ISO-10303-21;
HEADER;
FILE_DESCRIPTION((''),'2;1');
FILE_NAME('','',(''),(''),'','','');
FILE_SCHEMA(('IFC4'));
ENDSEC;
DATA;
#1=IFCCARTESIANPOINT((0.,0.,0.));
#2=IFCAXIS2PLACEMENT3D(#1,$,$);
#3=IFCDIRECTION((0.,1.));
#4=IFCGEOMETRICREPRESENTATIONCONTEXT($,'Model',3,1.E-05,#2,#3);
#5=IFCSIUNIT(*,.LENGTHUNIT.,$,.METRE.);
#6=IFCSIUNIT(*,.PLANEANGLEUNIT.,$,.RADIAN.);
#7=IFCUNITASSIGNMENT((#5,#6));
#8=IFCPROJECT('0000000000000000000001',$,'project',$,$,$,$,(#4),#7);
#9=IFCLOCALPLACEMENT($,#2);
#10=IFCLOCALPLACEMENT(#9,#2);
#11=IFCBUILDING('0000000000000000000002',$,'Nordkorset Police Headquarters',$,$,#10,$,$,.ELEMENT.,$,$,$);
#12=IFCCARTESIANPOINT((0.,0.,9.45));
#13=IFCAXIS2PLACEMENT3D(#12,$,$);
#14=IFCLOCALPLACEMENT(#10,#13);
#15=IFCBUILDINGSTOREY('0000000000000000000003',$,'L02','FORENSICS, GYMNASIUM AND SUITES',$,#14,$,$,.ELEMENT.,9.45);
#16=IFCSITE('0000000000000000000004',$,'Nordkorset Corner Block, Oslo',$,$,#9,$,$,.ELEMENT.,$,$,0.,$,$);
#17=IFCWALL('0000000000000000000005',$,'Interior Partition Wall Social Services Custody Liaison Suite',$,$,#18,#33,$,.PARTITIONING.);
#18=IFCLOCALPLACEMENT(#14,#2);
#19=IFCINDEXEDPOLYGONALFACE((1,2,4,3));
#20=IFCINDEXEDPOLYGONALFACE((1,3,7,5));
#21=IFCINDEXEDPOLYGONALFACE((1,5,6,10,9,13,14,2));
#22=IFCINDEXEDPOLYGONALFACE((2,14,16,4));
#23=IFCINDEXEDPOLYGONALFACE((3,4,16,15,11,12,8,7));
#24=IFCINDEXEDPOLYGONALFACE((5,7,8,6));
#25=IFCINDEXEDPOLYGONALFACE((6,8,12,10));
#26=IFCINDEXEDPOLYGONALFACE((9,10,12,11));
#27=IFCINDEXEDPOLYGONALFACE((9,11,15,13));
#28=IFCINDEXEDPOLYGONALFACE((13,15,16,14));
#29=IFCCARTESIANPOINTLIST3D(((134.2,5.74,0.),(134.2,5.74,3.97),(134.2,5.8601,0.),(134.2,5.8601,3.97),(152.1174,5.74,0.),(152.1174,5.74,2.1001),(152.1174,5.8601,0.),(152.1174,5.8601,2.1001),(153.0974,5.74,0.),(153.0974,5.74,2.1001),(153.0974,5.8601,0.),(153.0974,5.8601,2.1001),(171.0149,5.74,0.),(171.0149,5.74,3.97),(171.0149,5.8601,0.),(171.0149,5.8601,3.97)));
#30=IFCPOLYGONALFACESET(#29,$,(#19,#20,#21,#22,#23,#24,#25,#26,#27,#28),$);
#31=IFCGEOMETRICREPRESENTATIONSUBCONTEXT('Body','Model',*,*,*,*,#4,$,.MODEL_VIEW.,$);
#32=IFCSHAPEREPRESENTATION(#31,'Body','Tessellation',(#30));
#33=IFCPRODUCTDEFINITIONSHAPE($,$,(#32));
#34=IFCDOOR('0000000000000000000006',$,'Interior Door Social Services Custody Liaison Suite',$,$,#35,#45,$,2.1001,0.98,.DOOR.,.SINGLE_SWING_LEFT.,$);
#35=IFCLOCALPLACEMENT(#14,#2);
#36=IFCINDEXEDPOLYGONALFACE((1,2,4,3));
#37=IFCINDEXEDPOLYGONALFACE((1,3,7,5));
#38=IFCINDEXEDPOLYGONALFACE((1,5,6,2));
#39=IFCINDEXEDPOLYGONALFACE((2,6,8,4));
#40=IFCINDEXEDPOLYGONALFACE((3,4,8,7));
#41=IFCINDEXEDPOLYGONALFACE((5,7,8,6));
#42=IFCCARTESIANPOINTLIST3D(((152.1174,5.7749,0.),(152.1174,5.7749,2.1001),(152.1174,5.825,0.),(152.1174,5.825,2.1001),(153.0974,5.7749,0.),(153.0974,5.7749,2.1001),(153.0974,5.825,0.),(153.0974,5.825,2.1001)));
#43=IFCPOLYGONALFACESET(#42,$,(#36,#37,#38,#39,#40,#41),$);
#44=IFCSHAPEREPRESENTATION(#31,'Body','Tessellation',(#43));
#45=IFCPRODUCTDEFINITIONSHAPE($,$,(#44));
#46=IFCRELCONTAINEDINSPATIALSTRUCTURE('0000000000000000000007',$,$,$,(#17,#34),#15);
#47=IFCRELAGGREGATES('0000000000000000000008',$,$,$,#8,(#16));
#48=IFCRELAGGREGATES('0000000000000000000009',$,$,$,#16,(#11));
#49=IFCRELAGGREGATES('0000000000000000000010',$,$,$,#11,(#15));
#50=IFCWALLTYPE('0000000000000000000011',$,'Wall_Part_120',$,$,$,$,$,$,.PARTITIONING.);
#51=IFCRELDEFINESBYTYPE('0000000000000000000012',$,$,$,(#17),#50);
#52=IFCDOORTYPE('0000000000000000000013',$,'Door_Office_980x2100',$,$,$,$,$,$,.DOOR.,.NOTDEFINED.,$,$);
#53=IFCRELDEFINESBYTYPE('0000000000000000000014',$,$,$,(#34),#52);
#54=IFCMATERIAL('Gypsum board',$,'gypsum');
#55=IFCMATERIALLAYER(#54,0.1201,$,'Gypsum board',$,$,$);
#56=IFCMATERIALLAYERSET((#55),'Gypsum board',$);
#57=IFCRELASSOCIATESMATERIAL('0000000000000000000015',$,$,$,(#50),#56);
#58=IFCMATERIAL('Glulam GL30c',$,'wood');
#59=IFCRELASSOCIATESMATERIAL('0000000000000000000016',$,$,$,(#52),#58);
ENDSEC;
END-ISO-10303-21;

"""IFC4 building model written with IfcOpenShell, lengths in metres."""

from ifc_helpers import new_model, si_unit, direction, frame, frame_2d, origin, place, context, subcontext, project, spatial, rectangle, extrude, material, layer, layer_set, type_object, element, fill, save


model = new_model("IFC4")

# Units and contexts
model_context = context("Model", 3, precision=1e-05, world=origin(), true_north=direction((0.0, 1.0)))
body_context = subcontext(model_context, "Body", "Model", "MODEL_VIEW")
ifc_project = project(units=[si_unit("LENGTHUNIT", "METRE"), si_unit("PLANEANGLEUNIT", "RADIAN")], contexts=[model_context])

# Site, building, storey
site_placement = place(None, origin())
site = spatial("IfcSite", under=ifc_project, at=site_placement, Name="Nordkorset Corner Block, Oslo", CompositionType="ELEMENT", RefElevation=0.0)
building_placement = place(site_placement, origin())
building = spatial("IfcBuilding", under=site, at=building_placement, Name="Nordkorset Police Headquarters", CompositionType="ELEMENT")
storey_placement = place(building_placement, frame((0.0, 0.0, 9.45)))
storey = spatial("IfcBuildingStorey", under=building, at=storey_placement, Name="L02", Description="FORENSICS, GYMNASIUM AND SUITES", CompositionType="ELEMENT", Elevation=9.45)

# Wall, opening, door
ifc_material_1 = material(Name="Gypsum board", Category="gypsum")
ifc_layer_1 = layer(ifc_material_1, 0.1201, Name="Gypsum board")
ifc_layer_set_1 = layer_set([ifc_layer_1], Name="Gypsum board")
wall_type_1 = type_object("IfcWallType", Name="Wall_Part_120", PredefinedType="PARTITIONING", material=ifc_layer_set_1)
wall_1_placement = place(storey_placement, frame((171.0149, 5.8, 0.0), z_axis=(0.0, 0.0, 1.0), x_axis=(-1.0, 0.0, 0.0)))
wall_1 = element("IfcWall", 1, at=wall_1_placement, inside=storey, type_object=wall_type_1, Name="Interior Partition Wall Social Services Custody Liaison Suite", PredefinedType="PARTITIONING", context=body_context, shape_type="SweptSolid", body=[
    extrude(rectangle(XDim=36.8149, YDim=0.1201, at=frame_2d((18.4075, 0.0))), origin(), (0.0, 0.0, 1.0), 3.97),
])
opening_1_placement = place(wall_1_placement, frame((17.9175, 0.0, 0.0)))
opening_1 = element("IfcOpeningElement", 2, at=opening_1_placement, cuts=wall_1, PredefinedType="OPENING", context=body_context, shape_type="SweptSolid", body=[
    extrude(rectangle(XDim=0.98, YDim=2.1001, at=frame_2d((0.49, 1.05))), frame((0.0, 0.0701, 0.0), z_axis=(0.0, -1.0, 0.0), x_axis=(1.0, 0.0, 0.0)), (0.0, 0.0, 1.0), 0.1401),
])
ifc_material_2 = material(Name="Glulam GL30c", Category="wood")
door_type = type_object("IfcDoorType", Name="Door_Office_980x2100", OperationType="NOTDEFINED", PredefinedType="DOOR", material=ifc_material_2)
door_placement = place(opening_1_placement, frame((0.98, 0.0, 0.0), z_axis=(0.0, 0.0, 1.0), x_axis=(-1.0, 0.0, 0.0)))
door = element("IfcDoor", 3, at=door_placement, inside=storey, type_object=door_type, Name="Interior Door Social Services Custody Liaison Suite", OperationType="SINGLE_SWING_LEFT", OverallHeight=2.1001, OverallWidth=0.98, PredefinedType="DOOR", context=body_context, shape_type="SweptSolid", body=[
    extrude(rectangle(XDim=0.98, YDim=2.1001, at=frame_2d((0.49, 1.05))), frame((0.0, 0.0249, 0.0), z_axis=(0.0, -1.0, 0.0), x_axis=(1.0, 0.0, 0.0)), (0.0, 0.0, 1.0), 0.05),
])
fill(opening_1, door)

save(model, "model.ifc")
